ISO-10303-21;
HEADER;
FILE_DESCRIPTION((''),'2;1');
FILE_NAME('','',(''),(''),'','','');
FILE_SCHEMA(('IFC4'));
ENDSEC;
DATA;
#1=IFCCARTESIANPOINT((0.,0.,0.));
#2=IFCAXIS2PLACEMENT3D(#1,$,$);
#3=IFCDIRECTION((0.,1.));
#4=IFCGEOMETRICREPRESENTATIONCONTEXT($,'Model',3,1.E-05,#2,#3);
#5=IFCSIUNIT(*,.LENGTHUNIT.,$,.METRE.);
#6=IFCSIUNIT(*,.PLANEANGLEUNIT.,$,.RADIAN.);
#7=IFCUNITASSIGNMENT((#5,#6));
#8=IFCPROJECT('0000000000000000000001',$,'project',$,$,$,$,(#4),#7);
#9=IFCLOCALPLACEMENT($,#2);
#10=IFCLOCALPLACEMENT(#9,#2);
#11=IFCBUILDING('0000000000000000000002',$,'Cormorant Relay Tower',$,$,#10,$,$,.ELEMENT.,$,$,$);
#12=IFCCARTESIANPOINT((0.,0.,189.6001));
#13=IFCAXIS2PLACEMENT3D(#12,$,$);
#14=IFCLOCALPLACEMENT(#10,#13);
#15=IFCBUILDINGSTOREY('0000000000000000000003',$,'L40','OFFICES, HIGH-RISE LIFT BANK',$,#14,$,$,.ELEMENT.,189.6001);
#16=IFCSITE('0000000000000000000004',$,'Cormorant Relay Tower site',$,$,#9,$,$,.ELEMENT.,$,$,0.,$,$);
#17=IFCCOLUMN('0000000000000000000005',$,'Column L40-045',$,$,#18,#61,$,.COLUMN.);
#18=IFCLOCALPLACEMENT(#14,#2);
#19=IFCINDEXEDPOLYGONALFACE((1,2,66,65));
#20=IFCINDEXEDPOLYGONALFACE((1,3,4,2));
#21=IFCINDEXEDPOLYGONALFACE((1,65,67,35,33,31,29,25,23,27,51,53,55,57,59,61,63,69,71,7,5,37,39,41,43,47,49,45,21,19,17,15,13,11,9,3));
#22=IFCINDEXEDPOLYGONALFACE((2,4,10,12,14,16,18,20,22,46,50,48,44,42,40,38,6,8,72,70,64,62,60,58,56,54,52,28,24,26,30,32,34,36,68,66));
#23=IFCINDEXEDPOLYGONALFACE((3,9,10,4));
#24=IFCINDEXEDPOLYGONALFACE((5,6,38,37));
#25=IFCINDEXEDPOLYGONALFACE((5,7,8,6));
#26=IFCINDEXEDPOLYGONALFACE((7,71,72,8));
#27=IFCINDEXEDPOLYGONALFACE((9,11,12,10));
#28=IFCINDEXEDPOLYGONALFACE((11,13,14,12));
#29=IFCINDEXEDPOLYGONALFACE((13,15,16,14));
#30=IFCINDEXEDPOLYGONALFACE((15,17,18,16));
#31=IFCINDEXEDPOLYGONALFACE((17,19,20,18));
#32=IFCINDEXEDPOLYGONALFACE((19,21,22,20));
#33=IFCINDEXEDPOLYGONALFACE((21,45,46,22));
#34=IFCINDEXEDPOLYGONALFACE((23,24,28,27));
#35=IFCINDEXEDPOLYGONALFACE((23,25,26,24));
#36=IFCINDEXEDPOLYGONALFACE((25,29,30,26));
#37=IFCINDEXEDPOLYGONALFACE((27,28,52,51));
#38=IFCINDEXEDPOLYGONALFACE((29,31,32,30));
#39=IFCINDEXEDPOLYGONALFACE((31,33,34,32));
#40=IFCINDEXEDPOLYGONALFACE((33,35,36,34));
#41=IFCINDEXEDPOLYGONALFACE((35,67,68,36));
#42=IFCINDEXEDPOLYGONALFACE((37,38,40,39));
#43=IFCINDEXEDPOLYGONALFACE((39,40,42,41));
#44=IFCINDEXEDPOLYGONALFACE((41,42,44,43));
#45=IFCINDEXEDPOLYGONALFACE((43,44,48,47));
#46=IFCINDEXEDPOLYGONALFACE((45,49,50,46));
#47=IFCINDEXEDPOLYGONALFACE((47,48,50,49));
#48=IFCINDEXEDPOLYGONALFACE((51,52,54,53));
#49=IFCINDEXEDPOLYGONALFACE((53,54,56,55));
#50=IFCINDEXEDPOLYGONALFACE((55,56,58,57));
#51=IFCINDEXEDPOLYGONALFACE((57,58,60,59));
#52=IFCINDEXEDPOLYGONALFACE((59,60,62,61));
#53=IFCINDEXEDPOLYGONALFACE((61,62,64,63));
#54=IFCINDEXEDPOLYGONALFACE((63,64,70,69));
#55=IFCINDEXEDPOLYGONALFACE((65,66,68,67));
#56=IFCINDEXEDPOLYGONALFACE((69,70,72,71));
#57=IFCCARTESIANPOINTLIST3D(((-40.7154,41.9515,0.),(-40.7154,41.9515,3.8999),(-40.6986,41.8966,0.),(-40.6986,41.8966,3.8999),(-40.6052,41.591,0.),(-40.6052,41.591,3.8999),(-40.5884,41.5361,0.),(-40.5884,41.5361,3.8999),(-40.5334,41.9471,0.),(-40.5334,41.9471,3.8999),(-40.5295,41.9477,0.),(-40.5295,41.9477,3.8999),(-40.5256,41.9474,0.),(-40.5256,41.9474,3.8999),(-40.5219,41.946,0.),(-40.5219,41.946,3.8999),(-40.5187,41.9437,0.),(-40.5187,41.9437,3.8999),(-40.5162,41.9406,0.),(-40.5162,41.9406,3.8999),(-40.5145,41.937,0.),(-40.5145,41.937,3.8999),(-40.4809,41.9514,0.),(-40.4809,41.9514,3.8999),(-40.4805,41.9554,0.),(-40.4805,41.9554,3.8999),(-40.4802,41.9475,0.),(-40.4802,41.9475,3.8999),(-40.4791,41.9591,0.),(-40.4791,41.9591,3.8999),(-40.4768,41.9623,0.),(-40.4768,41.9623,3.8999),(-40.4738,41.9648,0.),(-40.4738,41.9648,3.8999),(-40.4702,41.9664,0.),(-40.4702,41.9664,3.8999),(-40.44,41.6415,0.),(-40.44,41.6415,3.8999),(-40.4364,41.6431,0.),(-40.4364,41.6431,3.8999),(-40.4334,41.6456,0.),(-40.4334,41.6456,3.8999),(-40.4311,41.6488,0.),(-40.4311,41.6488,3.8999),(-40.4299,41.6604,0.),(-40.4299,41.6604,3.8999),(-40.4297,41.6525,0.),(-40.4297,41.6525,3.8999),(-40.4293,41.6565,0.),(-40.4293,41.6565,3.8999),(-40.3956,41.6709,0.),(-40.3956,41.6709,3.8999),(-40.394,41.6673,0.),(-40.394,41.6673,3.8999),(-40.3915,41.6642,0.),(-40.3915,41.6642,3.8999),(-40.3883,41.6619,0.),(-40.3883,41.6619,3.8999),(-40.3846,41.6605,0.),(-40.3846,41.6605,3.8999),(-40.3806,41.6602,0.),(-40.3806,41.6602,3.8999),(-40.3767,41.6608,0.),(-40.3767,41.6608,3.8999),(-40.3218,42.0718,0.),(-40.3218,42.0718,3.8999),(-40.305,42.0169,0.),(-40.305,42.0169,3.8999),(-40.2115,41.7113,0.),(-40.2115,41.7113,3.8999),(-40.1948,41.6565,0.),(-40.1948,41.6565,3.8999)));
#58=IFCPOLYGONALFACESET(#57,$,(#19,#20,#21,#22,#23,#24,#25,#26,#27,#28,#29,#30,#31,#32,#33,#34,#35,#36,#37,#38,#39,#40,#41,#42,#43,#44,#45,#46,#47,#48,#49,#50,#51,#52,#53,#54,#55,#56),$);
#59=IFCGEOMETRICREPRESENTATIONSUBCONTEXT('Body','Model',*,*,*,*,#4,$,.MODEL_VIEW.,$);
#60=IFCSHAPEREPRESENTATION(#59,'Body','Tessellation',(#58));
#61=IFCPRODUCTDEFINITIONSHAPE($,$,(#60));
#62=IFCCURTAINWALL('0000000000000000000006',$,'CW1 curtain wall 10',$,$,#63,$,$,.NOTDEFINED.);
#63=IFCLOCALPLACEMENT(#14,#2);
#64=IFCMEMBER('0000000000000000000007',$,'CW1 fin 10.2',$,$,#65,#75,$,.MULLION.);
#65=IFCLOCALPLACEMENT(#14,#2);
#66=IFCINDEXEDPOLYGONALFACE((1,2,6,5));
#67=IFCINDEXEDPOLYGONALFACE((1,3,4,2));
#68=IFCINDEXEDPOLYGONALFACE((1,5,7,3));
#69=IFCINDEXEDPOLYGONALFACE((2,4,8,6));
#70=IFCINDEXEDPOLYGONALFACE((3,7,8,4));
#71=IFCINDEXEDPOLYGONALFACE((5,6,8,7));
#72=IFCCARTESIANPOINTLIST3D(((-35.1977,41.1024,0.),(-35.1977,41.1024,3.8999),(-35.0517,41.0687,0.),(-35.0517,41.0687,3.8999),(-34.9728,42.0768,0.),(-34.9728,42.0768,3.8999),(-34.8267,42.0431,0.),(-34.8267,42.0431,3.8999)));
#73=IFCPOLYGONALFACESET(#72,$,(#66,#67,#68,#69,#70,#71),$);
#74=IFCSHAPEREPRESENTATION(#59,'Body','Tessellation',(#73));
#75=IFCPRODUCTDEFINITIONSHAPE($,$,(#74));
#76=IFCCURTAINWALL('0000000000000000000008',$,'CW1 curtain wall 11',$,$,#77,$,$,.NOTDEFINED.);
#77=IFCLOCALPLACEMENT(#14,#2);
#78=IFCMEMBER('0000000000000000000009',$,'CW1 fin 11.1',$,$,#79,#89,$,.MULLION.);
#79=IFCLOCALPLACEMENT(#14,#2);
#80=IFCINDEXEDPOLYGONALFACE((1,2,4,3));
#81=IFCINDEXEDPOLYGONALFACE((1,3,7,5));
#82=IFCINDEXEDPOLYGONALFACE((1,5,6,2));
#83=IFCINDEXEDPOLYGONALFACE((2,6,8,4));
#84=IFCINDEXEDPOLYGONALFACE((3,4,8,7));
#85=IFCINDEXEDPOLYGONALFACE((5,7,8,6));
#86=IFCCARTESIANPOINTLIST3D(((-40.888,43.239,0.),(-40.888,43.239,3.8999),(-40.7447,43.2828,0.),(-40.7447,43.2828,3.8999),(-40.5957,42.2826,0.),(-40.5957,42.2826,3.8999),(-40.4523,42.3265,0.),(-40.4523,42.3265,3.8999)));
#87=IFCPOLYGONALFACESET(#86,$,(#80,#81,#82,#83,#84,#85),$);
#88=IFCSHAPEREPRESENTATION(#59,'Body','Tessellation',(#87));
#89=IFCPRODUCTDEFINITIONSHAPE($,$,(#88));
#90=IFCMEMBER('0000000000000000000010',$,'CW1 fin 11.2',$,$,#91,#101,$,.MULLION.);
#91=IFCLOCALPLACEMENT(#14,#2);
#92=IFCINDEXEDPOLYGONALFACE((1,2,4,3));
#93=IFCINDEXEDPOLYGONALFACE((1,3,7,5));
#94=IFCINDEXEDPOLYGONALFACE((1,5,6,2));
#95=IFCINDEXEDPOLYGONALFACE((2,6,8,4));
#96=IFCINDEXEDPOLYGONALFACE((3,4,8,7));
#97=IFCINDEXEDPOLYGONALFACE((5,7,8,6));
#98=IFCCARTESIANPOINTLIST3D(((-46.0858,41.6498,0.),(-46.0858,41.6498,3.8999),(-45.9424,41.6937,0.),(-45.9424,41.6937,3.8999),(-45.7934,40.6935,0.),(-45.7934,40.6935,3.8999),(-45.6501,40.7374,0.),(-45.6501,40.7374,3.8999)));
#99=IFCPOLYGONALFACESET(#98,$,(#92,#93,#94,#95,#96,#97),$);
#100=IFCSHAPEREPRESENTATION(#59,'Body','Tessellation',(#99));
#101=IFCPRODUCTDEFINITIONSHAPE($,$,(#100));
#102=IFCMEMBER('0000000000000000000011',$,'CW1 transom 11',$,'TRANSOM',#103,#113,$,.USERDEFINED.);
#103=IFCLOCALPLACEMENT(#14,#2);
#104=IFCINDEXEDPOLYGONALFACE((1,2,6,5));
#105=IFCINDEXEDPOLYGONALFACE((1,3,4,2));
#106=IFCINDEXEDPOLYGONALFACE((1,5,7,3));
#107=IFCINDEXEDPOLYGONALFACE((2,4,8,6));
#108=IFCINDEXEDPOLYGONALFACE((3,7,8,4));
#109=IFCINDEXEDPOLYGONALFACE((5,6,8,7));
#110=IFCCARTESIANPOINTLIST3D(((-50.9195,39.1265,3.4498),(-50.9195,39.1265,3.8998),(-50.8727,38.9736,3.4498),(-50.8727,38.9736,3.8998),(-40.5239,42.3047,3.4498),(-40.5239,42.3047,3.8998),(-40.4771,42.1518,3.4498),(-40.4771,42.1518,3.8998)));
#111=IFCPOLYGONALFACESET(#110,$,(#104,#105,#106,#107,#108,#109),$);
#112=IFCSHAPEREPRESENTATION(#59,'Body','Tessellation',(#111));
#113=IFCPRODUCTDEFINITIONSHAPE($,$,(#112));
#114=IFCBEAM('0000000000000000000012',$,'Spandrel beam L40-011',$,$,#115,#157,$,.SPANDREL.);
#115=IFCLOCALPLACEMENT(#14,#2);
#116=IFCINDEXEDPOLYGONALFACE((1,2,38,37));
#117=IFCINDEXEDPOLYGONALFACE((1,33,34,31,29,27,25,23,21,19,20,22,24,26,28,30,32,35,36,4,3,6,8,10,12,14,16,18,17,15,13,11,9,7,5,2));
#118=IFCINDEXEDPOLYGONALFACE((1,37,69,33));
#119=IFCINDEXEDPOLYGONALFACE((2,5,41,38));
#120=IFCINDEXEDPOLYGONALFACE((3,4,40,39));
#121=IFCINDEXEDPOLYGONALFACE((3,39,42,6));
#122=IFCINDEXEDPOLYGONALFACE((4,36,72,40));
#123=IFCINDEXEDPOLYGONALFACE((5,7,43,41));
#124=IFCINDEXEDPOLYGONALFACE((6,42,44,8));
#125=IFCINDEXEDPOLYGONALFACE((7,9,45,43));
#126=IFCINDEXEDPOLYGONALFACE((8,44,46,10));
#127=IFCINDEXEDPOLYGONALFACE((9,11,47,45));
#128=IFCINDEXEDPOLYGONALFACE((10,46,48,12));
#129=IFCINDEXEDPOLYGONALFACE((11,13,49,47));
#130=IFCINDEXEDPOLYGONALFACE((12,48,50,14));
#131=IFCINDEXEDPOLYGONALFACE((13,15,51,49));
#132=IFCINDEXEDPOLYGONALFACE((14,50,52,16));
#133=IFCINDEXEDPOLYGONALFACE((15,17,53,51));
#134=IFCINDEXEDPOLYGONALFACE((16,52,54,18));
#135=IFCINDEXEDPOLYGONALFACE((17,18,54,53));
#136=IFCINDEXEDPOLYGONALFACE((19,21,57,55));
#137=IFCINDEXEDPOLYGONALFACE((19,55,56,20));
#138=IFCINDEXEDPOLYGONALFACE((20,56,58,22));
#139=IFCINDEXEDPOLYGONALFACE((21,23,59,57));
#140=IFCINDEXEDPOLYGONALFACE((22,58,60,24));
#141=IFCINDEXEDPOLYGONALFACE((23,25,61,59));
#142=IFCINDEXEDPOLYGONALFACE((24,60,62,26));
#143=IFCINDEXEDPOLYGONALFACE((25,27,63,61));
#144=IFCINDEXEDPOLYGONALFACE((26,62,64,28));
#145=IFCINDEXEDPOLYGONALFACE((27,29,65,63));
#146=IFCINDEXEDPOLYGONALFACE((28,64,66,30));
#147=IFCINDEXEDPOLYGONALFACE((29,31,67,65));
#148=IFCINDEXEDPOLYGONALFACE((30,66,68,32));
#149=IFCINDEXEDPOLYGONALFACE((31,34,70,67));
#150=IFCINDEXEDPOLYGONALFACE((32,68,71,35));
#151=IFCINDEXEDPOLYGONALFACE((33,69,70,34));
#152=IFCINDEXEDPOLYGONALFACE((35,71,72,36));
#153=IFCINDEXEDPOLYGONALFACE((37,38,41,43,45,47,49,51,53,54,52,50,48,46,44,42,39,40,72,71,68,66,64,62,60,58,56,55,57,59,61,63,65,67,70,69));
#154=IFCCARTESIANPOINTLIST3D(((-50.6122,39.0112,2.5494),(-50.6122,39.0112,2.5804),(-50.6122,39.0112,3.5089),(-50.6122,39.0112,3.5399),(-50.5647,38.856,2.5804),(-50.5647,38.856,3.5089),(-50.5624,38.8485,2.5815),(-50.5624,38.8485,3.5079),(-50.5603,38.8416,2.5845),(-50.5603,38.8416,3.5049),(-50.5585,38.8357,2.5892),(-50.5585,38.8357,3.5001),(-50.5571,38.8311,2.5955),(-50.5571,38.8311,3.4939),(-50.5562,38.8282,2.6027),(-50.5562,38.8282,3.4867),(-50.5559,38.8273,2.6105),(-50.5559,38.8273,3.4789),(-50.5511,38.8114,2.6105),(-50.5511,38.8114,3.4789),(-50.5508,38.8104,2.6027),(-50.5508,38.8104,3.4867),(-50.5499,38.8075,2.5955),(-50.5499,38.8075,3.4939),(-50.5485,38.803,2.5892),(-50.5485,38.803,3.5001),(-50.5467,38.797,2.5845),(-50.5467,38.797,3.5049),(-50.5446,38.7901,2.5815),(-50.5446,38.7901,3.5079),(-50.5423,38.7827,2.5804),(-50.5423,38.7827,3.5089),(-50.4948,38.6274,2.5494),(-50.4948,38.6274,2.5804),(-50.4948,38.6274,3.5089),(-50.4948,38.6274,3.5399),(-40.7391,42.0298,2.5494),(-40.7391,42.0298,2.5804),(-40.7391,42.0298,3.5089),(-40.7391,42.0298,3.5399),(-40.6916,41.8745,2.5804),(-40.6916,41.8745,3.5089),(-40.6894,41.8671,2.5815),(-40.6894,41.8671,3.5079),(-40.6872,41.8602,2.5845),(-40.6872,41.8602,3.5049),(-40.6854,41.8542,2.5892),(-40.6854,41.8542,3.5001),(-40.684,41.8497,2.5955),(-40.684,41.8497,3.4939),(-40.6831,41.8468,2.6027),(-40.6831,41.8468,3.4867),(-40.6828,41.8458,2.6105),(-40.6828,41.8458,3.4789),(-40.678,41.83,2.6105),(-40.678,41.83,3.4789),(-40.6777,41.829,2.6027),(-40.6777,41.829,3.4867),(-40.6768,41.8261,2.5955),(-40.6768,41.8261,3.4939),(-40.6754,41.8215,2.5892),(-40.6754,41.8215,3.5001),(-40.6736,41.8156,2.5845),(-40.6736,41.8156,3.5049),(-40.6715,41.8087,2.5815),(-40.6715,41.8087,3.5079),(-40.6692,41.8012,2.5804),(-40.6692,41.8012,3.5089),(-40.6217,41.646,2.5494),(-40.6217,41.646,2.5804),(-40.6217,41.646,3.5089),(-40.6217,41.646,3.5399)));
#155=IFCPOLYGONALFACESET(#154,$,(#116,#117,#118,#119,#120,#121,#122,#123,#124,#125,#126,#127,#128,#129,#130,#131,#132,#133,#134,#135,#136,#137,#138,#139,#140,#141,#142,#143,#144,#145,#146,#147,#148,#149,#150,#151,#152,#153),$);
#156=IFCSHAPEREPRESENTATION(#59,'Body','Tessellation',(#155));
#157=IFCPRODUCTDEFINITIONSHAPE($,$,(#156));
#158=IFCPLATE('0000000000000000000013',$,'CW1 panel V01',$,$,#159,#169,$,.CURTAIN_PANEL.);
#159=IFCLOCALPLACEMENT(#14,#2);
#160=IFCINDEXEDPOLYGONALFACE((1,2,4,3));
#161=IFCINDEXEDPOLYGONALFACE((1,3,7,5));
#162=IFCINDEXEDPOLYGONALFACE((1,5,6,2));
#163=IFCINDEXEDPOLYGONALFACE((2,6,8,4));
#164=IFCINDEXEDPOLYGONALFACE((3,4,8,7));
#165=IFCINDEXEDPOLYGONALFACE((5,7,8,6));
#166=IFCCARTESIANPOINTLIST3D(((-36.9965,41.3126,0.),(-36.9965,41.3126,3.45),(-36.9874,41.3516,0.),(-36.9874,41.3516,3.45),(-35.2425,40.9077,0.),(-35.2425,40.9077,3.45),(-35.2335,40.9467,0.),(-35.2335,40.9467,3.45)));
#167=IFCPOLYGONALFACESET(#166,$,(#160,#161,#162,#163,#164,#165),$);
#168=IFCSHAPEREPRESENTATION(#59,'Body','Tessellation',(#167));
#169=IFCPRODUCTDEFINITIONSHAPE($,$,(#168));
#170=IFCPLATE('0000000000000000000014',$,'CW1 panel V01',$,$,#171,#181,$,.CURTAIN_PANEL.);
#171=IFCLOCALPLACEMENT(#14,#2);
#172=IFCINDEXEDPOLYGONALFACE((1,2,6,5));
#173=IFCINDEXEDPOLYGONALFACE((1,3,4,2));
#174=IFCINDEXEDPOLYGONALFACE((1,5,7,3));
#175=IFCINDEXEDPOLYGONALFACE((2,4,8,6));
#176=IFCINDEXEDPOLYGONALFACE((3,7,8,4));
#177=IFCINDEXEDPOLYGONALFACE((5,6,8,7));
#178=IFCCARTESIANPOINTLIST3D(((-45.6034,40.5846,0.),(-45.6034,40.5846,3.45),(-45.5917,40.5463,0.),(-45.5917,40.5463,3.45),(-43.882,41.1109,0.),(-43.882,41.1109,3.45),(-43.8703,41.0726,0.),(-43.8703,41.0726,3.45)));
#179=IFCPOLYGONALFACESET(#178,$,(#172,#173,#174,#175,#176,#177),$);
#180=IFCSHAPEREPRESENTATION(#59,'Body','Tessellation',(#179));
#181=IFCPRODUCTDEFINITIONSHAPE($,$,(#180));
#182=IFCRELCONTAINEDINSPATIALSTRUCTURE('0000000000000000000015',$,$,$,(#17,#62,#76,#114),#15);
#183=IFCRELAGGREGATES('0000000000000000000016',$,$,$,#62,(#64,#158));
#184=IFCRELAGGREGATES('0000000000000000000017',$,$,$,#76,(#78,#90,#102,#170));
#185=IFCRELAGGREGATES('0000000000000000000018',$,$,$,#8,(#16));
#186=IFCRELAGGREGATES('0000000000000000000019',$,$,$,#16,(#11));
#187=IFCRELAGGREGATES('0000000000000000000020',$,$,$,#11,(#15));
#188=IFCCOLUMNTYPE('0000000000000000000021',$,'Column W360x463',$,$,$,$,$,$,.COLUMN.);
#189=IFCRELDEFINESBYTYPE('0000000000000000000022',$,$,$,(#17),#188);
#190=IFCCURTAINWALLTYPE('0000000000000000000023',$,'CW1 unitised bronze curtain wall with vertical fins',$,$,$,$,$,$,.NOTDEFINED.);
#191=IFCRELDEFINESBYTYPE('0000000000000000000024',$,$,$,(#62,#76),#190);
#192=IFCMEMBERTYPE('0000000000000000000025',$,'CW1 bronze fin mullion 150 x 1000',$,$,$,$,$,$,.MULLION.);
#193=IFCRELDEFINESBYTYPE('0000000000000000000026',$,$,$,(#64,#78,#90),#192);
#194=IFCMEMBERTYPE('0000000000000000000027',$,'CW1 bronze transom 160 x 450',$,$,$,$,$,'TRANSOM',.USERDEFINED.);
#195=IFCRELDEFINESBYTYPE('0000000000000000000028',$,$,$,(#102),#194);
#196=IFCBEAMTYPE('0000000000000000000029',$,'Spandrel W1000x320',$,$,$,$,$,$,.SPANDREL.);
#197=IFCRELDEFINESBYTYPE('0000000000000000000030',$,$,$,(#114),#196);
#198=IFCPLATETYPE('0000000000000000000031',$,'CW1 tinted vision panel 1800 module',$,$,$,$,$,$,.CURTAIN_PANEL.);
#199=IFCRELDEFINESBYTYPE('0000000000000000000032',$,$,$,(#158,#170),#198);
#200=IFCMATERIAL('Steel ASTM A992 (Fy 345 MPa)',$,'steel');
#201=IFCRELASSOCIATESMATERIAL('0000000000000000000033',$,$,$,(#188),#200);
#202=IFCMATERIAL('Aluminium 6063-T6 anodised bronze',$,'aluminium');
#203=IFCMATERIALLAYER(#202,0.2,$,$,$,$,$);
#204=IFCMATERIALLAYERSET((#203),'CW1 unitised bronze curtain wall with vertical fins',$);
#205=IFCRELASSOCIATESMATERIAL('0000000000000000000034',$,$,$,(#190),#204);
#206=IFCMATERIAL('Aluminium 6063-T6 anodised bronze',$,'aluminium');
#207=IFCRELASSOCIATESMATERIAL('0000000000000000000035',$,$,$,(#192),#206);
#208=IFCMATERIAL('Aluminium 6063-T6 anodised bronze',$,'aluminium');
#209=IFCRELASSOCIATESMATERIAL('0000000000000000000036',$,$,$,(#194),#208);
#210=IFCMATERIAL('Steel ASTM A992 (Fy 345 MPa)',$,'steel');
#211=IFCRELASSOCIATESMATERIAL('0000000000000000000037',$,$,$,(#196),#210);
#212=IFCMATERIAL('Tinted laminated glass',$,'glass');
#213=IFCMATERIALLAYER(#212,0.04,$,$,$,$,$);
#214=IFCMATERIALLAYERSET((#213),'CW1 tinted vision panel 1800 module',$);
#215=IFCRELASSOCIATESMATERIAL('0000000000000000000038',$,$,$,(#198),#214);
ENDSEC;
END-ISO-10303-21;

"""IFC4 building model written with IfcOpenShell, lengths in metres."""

from ifc_helpers import new_model, si_unit, direction, frame, origin, origin_2d, place, context, subcontext, project, spatial, rectangle, i_section, extrude, material, layer, layer_set, material_profile, profile_set, type_object, element, aggregate, save


model = new_model("IFC4")

# Units and contexts
model_context = context("Model", 3, precision=1e-05, world=origin(), true_north=direction((0.0, 1.0)))
body_context = subcontext(model_context, "Body", "Model", "MODEL_VIEW")
ifc_project = project(units=[si_unit("LENGTHUNIT", "METRE"), si_unit("PLANEANGLEUNIT", "RADIAN")], contexts=[model_context])

# Site, building, storey
site_placement = place(None, origin())
site = spatial("IfcSite", under=ifc_project, at=site_placement, Name="Cormorant Relay Tower site", CompositionType="ELEMENT", RefElevation=0.0)
building_placement = place(site_placement, origin())
building = spatial("IfcBuilding", under=site, at=building_placement, Name="Cormorant Relay Tower", CompositionType="ELEMENT")
storey_placement = place(building_placement, frame((0.0, 0.0, 189.6001)))
storey = spatial("IfcBuildingStorey", under=building, at=storey_placement, Name="L40", Description="OFFICES, HIGH-RISE LIFT BANK", CompositionType="ELEMENT", Elevation=189.6001)

# Column
ifc_material_1 = material(Name="Steel ASTM A992 (Fy 345 MPa)", Category="steel")
ifc_material_profile_1 = material_profile(ifc_material_1, i_section(OverallWidth=0.4116, OverallDepth=0.4343, WebThickness=0.0359, FlangeThickness=0.0574, FilletRadius=0.0151, at=origin_2d()), Name="W360x463")
ifc_profile_set_1 = profile_set([ifc_material_profile_1], Name="Steel ASTM A992 (Fy 345 MPa)")
column_type = type_object("IfcColumnType", Name="Column W360x463", PredefinedType="COLUMN", material=ifc_profile_set_1)
column_placement = place(storey_placement, frame((-40.4551, 41.804, 0.0), z_axis=(0.0, 0.0, 1.0), x_axis=(-0.956305, -0.292372, 0.0)))
element("IfcColumn", 1, at=column_placement, inside=storey, type_object=column_type, Name="Column L40-045", PredefinedType="COLUMN", context=body_context, shape_type="SweptSolid", body=[
    extrude(i_section(OverallWidth=0.4116, OverallDepth=0.4343, WebThickness=0.0359, FlangeThickness=0.0574, FilletRadius=0.0151, at=origin_2d()), origin(), (0.0, 0.0, 1.0), 3.8999),
])

# Curtain wall, member
ifc_material_2 = material(Name="Aluminium 6063-T6 anodised bronze", Category="aluminium")
ifc_layer_1 = layer(ifc_material_2, 0.2)
ifc_layer_set_1 = layer_set([ifc_layer_1], Name="CW1 unitised bronze curtain wall with vertical fins")
curtain_wall_type = type_object("IfcCurtainWallType", Name="CW1 unitised bronze curtain wall with vertical fins", PredefinedType="NOTDEFINED", material=ifc_layer_set_1)
curtain_wall_1_placement = place(storey_placement, origin())
curtain_wall_1 = element("IfcCurtainWall", 2, at=curtain_wall_1_placement, inside=storey, type_object=curtain_wall_type, Name="CW1 curtain wall 10", PredefinedType="NOTDEFINED")
ifc_material_3 = material(Name="Aluminium 6063-T6 anodised bronze", Category="aluminium")
ifc_material_profile_2 = material_profile(ifc_material_3, rectangle(XDim=0.1499, YDim=1.0, at=origin_2d()), Name="AL 150x1000")
ifc_profile_set_2 = profile_set([ifc_material_profile_2], Name="Aluminium 6063-T6 anodised bronze")
member_type_1 = type_object("IfcMemberType", Name="CW1 bronze fin mullion 150 x 1000", PredefinedType="MULLION", material=ifc_profile_set_2)
member_1_placement = place(storey_placement, frame((-35.0122, 41.5728, 0.0), z_axis=(0.0, 0.0, 1.0), x_axis=(-0.97437, 0.224951, 0.0)))
member_1 = element("IfcMember", 3, at=member_1_placement, type_object=member_type_1, Name="CW1 fin 10.2", PredefinedType="MULLION", context=body_context, shape_type="SweptSolid", body=[
    extrude(rectangle(XDim=0.1499, YDim=1.0, at=origin_2d()), origin(), (0.0, 0.0, 1.0), 3.8999),
])

# Curtain wall, members
curtain_wall_2_placement = place(storey_placement, origin())
curtain_wall_2 = element("IfcCurtainWall", 4, at=curtain_wall_2_placement, inside=storey, type_object=curtain_wall_type, Name="CW1 curtain wall 11", PredefinedType="NOTDEFINED")
member_2_placement = place(storey_placement, frame((-40.6702, 42.7827, 0.0), z_axis=(0.0, 0.0, 1.0), x_axis=(-0.956305, -0.292372, 0.0)))
member_2 = element("IfcMember", 5, at=member_2_placement, type_object=member_type_1, Name="CW1 fin 11.1", PredefinedType="MULLION", context=body_context, shape_type="SweptSolid", body=[
    extrude(rectangle(XDim=0.1499, YDim=1.0, at=origin_2d()), origin(), (0.0, 0.0, 1.0), 3.8999),
])
member_3_placement = place(storey_placement, frame((-45.8679, 41.1936, 0.0), z_axis=(0.0, 0.0, 1.0), x_axis=(-0.956305, -0.292372, 0.0)))
member_3 = element("IfcMember", 6, at=member_3_placement, type_object=member_type_1, Name="CW1 fin 11.2", PredefinedType="MULLION", context=body_context, shape_type="SweptSolid", body=[
    extrude(rectangle(XDim=0.1499, YDim=1.0, at=origin_2d()), origin(), (0.0, 0.0, 1.0), 3.8999),
])
ifc_material_4 = material(Name="Aluminium 6063-T6 anodised bronze", Category="aluminium")
ifc_material_profile_3 = material_profile(ifc_material_4, rectangle(XDim=0.1599, YDim=0.45, at=origin_2d()), Name="AL 160x450")
ifc_profile_set_3 = profile_set([ifc_material_profile_3], Name="Aluminium 6063-T6 anodised bronze")
member_type_2 = type_object("IfcMemberType", Name="CW1 bronze transom 160 x 450", ElementType="TRANSOM", PredefinedType="USERDEFINED", material=ifc_profile_set_3)
member_4_placement = place(storey_placement, frame((-40.5005, 42.2283, 3.6748), z_axis=(-0.956305, -0.292371, 0.0), x_axis=(0.292371, -0.956305, 0.0)))
member_4 = element("IfcMember", 7, at=member_4_placement, type_object=member_type_2, Name="CW1 transom 11", ObjectType="TRANSOM", PredefinedType="USERDEFINED", context=body_context, shape_type="SweptSolid", body=[
    extrude(rectangle(XDim=0.1599, YDim=0.45, at=origin_2d()), origin(), (0.0, 0.0, 1.0), 10.8706),
])

# Beam
ifc_material_5 = material(Name="Steel ASTM A992 (Fy 345 MPa)", Category="steel")
ifc_material_profile_4 = material_profile(ifc_material_5, i_section(OverallWidth=0.4014, OverallDepth=0.9905, WebThickness=0.0166, FlangeThickness=0.031, FilletRadius=0.03, at=origin_2d()), Name="W1000x320")
ifc_profile_set_4 = profile_set([ifc_material_profile_4], Name="Steel ASTM A992 (Fy 345 MPa)")
beam_type = type_object("IfcBeamType", Name="Spandrel W1000x320", PredefinedType="SPANDREL", material=ifc_profile_set_4)
beam_placement = place(storey_placement, frame((-40.6804, 41.8379, 3.0447), z_axis=(-0.956303, -0.292377, 0.0), x_axis=(0.292377, -0.956303, 0.0)))
element("IfcBeam", 8, at=beam_placement, inside=storey, type_object=beam_type, Name="Spandrel beam L40-011", PredefinedType="SPANDREL", context=body_context, shape_type="SweptSolid", body=[
    extrude(i_section(OverallWidth=0.4014, OverallDepth=0.9905, WebThickness=0.0166, FlangeThickness=0.031, FilletRadius=0.03, at=origin_2d()), origin(), (0.0, 0.0, 1.0), 10.3242),
])

# Plates
ifc_material_6 = material(Name="Tinted laminated glass", Category="glass")
ifc_layer_2 = layer(ifc_material_6, 0.04)
ifc_layer_set_2 = layer_set([ifc_layer_2], Name="CW1 tinted vision panel 1800 module")
plate_type_1 = type_object("IfcPlateType", Name="CW1 tinted vision panel 1800 module", PredefinedType="CURTAIN_PANEL", material=ifc_layer_set_2)
plate_1_placement = place(storey_placement, frame((-36.115, 41.1296, 0.0), z_axis=(0.0, 0.0, 1.0), x_axis=(-0.97437, 0.224951, 0.0)))
plate_1 = element("IfcPlate", 9, at=plate_1_placement, type_object=plate_type_1, Name="CW1 panel V01", PredefinedType="CURTAIN_PANEL", context=body_context, shape_type="SweptSolid", body=[
    extrude(rectangle(XDim=1.8, YDim=0.04, at=origin_2d()), origin(), (0.0, 0.0, 1.0), 3.45),
])
plate_2_placement = place(storey_placement, frame((-44.7368, 40.8286, 0.0), z_axis=(0.0, 0.0, 1.0), x_axis=(-0.956305, -0.292372, 0.0)))
plate_2 = element("IfcPlate", 10, at=plate_2_placement, type_object=plate_type_1, Name="CW1 panel V01", PredefinedType="CURTAIN_PANEL", context=body_context, shape_type="SweptSolid", body=[
    extrude(rectangle(XDim=1.8, YDim=0.04, at=origin_2d()), origin(), (0.0, 0.0, 1.0), 3.45),
])

aggregate(curtain_wall_1, [member_1, plate_1])
aggregate(curtain_wall_2, [member_2, member_3, member_4, plate_2])

save(model, "model.ifc")
